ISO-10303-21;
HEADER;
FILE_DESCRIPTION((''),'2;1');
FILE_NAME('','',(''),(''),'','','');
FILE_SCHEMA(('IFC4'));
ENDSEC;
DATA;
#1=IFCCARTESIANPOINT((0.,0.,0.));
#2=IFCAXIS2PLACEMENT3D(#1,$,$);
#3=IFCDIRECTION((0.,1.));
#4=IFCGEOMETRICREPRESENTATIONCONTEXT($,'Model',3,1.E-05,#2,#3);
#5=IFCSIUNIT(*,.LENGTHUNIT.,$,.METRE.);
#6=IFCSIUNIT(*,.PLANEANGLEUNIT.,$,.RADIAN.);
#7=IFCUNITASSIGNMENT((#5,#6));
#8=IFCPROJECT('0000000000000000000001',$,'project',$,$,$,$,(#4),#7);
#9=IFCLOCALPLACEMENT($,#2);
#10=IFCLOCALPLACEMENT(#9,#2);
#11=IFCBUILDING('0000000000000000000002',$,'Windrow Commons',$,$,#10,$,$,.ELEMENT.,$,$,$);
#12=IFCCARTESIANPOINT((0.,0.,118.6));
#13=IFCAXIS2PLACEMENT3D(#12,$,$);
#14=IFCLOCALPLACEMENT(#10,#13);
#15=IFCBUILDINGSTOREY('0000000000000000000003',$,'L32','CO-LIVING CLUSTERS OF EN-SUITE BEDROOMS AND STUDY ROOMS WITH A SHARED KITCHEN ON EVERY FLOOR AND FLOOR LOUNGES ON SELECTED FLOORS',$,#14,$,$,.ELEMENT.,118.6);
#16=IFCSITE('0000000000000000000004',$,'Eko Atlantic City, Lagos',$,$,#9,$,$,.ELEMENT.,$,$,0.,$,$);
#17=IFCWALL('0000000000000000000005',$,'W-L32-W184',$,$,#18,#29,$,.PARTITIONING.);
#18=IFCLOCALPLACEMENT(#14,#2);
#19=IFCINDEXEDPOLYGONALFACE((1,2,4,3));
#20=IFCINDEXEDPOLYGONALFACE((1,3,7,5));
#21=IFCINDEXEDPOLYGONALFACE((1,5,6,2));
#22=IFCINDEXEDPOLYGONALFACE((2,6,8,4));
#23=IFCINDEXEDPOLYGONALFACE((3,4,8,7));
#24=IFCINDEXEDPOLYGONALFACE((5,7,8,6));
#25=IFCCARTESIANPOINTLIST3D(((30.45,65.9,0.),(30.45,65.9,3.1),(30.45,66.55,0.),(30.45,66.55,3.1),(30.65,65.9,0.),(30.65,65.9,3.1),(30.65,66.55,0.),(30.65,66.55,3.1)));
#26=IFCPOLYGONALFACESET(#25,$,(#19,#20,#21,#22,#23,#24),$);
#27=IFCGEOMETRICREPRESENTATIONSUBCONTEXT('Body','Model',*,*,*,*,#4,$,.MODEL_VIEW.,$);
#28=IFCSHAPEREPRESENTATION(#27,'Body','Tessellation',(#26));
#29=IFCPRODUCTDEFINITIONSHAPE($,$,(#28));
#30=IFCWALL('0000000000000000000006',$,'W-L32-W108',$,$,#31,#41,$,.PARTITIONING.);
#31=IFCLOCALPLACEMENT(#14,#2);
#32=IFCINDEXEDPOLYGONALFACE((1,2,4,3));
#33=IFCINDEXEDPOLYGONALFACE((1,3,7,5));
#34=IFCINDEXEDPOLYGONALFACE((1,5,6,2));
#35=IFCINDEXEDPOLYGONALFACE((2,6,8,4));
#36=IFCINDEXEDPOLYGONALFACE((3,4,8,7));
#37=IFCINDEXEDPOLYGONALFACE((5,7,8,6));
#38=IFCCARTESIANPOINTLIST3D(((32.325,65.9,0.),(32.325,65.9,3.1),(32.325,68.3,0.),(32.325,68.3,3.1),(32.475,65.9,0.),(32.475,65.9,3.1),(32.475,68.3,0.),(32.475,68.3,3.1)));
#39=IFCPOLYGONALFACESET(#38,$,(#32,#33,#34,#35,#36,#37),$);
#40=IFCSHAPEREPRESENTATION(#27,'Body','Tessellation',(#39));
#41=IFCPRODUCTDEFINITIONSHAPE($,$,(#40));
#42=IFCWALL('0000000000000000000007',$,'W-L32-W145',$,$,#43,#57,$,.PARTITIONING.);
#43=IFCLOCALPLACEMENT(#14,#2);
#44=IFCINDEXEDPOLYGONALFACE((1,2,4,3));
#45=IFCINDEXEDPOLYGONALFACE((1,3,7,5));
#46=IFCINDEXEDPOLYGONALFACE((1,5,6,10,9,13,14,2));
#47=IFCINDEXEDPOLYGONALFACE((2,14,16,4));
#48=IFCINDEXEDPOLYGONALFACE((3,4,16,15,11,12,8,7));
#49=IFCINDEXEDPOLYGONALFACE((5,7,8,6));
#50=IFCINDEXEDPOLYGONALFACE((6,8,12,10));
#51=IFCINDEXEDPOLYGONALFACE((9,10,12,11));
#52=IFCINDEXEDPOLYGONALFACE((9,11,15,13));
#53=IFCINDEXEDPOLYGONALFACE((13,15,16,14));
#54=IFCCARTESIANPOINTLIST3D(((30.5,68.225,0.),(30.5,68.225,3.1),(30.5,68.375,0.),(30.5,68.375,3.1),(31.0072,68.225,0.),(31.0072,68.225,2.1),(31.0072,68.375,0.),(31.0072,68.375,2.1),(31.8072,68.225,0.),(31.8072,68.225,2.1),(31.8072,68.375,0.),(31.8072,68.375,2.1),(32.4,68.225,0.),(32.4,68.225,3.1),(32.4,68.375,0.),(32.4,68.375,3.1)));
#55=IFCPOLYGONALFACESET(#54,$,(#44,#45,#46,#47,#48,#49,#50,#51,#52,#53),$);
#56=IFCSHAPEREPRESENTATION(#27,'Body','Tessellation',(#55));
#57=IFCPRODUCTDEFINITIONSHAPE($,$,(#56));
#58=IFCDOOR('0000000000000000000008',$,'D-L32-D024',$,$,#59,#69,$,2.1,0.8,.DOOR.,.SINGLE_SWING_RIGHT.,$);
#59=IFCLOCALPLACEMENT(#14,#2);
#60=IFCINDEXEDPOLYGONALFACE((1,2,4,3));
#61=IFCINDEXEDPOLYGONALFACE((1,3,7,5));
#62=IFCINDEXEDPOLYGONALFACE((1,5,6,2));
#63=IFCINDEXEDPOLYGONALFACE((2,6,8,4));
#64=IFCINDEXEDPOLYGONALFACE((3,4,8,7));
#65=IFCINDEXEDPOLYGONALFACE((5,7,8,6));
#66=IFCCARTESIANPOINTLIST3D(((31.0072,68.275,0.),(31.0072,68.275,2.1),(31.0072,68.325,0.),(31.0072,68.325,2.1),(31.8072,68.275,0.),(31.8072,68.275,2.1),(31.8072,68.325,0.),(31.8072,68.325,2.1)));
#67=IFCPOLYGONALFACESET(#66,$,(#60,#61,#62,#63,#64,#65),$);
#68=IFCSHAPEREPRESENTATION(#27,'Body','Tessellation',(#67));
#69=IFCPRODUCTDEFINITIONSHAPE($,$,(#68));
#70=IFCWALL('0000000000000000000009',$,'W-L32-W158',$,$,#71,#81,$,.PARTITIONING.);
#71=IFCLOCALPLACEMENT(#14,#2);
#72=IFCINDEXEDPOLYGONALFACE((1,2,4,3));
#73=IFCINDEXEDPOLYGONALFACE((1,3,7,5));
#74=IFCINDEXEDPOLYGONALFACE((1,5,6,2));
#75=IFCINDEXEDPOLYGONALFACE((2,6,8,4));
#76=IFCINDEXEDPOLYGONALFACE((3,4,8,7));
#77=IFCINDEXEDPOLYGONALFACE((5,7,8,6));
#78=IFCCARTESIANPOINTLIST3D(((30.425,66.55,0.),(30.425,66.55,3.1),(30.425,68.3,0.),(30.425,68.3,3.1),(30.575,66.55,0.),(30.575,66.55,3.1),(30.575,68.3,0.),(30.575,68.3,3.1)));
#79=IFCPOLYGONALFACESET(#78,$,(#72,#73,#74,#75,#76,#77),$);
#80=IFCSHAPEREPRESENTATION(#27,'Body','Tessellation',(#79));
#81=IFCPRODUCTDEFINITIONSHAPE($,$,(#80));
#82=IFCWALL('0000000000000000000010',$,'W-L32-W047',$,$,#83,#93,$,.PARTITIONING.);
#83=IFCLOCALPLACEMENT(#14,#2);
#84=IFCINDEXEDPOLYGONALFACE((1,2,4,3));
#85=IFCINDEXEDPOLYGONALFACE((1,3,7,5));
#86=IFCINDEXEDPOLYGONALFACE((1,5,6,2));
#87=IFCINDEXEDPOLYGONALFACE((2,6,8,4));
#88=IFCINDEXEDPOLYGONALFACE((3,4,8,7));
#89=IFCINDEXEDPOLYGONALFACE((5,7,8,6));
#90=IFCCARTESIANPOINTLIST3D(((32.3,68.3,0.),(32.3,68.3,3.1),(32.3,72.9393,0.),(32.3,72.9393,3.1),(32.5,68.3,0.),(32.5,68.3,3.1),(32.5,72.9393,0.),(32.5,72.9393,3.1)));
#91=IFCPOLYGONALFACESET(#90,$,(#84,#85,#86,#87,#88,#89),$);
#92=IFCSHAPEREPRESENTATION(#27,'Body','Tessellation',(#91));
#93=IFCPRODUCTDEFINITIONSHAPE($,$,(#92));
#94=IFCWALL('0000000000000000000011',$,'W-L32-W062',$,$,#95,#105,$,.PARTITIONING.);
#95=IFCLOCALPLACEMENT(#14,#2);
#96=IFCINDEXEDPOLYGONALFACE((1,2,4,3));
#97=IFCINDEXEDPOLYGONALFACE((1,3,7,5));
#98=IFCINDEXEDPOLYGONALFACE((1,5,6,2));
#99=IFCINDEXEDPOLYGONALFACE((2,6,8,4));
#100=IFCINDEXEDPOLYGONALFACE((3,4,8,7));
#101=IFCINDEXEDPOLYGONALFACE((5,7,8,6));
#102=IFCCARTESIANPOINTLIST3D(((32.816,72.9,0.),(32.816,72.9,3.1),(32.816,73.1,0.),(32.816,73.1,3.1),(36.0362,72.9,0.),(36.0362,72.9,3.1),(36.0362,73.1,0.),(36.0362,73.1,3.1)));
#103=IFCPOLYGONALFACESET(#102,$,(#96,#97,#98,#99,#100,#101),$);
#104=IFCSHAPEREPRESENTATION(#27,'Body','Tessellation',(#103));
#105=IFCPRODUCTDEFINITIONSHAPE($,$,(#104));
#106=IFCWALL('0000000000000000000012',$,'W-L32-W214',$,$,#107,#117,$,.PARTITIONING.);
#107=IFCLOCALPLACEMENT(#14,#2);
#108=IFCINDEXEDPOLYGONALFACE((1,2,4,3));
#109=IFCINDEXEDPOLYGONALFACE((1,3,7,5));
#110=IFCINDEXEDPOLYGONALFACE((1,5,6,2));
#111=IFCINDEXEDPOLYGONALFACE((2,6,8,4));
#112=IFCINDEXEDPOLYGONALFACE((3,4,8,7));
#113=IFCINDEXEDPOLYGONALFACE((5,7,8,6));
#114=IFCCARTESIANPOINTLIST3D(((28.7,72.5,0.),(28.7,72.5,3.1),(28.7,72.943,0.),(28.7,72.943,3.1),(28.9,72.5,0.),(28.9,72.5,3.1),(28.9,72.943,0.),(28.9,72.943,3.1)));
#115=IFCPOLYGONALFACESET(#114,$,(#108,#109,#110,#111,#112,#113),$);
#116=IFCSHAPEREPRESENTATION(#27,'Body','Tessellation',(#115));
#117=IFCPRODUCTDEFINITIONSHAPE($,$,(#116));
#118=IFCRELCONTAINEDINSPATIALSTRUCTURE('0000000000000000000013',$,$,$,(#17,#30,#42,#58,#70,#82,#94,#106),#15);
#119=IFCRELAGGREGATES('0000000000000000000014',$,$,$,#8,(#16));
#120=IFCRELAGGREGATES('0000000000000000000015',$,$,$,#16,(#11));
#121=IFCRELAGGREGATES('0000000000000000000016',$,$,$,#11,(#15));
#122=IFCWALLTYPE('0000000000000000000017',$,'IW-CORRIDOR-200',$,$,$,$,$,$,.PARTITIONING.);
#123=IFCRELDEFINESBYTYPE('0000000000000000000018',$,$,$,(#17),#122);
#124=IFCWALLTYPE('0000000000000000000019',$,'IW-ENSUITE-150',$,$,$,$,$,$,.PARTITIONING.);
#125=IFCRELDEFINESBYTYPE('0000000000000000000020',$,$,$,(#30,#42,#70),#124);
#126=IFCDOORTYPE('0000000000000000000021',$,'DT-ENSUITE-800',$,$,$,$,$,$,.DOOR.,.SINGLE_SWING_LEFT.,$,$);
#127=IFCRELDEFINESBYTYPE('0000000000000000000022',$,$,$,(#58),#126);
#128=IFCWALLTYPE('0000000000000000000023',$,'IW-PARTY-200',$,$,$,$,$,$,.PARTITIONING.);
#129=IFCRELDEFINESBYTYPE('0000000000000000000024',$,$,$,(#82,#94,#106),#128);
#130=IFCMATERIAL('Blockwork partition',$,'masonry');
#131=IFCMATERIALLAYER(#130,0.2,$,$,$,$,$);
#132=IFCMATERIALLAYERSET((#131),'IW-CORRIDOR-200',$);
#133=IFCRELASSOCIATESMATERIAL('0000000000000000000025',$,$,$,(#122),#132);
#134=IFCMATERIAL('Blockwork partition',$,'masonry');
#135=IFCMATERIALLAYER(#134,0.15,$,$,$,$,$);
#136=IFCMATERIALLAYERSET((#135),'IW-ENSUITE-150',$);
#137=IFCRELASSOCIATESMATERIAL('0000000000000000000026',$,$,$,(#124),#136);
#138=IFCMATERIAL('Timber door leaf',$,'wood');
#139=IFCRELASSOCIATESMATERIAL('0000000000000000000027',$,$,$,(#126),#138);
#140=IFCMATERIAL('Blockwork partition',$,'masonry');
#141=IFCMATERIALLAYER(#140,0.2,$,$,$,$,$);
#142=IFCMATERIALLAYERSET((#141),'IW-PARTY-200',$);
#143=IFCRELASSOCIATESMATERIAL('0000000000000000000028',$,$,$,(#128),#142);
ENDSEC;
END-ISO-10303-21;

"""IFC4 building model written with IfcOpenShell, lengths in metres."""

from ifc_helpers import new_model, si_unit, direction, frame, frame_2d, origin, place, context, subcontext, project, spatial, rectangle, extrude, material, layer, layer_set, type_object, element, fill, save


model = new_model("IFC4")

# Units and contexts
model_context = context("Model", 3, precision=1e-05, world=origin(), true_north=direction((0.0, 1.0)))
body_context = subcontext(model_context, "Body", "Model", "MODEL_VIEW")
ifc_project = project(units=[si_unit("LENGTHUNIT", "METRE"), si_unit("PLANEANGLEUNIT", "RADIAN")], contexts=[model_context])

# Site, building, storey
site_placement = place(None, origin())
site = spatial("IfcSite", under=ifc_project, at=site_placement, Name="Eko Atlantic City, Lagos", CompositionType="ELEMENT", RefElevation=0.0)
building_placement = place(site_placement, origin())
building = spatial("IfcBuilding", under=site, at=building_placement, Name="Windrow Commons", CompositionType="ELEMENT")
storey_placement = place(building_placement, frame((0.0, 0.0, 118.6)))
storey = spatial("IfcBuildingStorey", under=building, at=storey_placement, Name="L32", Description="CO-LIVING CLUSTERS OF EN-SUITE BEDROOMS AND STUDY ROOMS WITH A SHARED KITCHEN ON EVERY FLOOR AND FLOOR LOUNGES ON SELECTED FLOORS", CompositionType="ELEMENT", Elevation=118.6)

# Shared definitions
ifc_material_1 = material(Name="Blockwork partition", Category="masonry")
ifc_layer_1 = layer(ifc_material_1, 0.2)
ifc_layer_set_1 = layer_set([ifc_layer_1], Name="IW-CORRIDOR-200")
wall_type_1 = type_object("IfcWallType", Name="IW-CORRIDOR-200", PredefinedType="PARTITIONING", material=ifc_layer_set_1)

# Walls
wall_1_placement = place(storey_placement, frame((30.55, 65.9, 0.0), z_axis=(0.0, 0.0, 1.0), x_axis=(0.0, 1.0, 0.0)))
element("IfcWall", 1, at=wall_1_placement, inside=storey, type_object=wall_type_1, Name="W-L32-W184", PredefinedType="PARTITIONING", context=body_context, shape_type="SweptSolid", body=[
    extrude(rectangle(XDim=0.65, YDim=0.2, at=frame_2d((0.325, 0.0))), origin(), (0.0, 0.0, 1.0), 3.1),
])
ifc_material_2 = material(Name="Blockwork partition", Category="masonry")
ifc_layer_2 = layer(ifc_material_2, 0.15)
ifc_layer_set_2 = layer_set([ifc_layer_2], Name="IW-ENSUITE-150")
wall_type_2 = type_object("IfcWallType", Name="IW-ENSUITE-150", PredefinedType="PARTITIONING", material=ifc_layer_set_2)
wall_2_placement = place(storey_placement, frame((32.4, 65.9, 0.0), z_axis=(0.0, 0.0, 1.0), x_axis=(0.0, 1.0, 0.0)))
element("IfcWall", 2, at=wall_2_placement, inside=storey, type_object=wall_type_2, Name="W-L32-W108", PredefinedType="PARTITIONING", context=body_context, shape_type="SweptSolid", body=[
    extrude(rectangle(XDim=2.4, YDim=0.15, at=frame_2d((1.2, 0.0))), origin(), (0.0, 0.0, 1.0), 3.1),
])

# Wall, opening, door
wall_3_placement = place(storey_placement, frame((30.5, 68.3, 0.0), z_axis=(0.0, 0.0, 1.0), x_axis=(1.0, 0.0, 0.0)))
wall_3 = element("IfcWall", 3, at=wall_3_placement, inside=storey, type_object=wall_type_2, Name="W-L32-W145", PredefinedType="PARTITIONING", context=body_context, shape_type="SweptSolid", body=[
    extrude(rectangle(XDim=1.9, YDim=0.15, at=frame_2d((0.95, 0.0))), origin(), (0.0, 0.0, 1.0), 3.1),
])
opening_1_placement = place(wall_3_placement, frame((0.5072, 0.0, 0.0)))
opening_1 = element("IfcOpeningElement", 4, at=opening_1_placement, cuts=wall_3, PredefinedType="OPENING", context=body_context, shape_type="SweptSolid", body=[
    extrude(rectangle(XDim=0.8, YDim=2.1, at=frame_2d((0.4, 1.05))), frame((0.0, 0.085, 0.0), z_axis=(0.0, -1.0, 0.0), x_axis=(1.0, 0.0, 0.0)), (0.0, 0.0, 1.0), 0.17),
])
ifc_material_3 = material(Name="Timber door leaf", Category="wood")
door_type_1 = type_object("IfcDoorType", Name="DT-ENSUITE-800", OperationType="SINGLE_SWING_LEFT", PredefinedType="DOOR", material=ifc_material_3)
door_1_placement = place(opening_1_placement, origin())
door_1 = element("IfcDoor", 5, at=door_1_placement, inside=storey, type_object=door_type_1, Name="D-L32-D024", OperationType="SINGLE_SWING_RIGHT", OverallHeight=2.1, OverallWidth=0.8, PredefinedType="DOOR", context=body_context, shape_type="SweptSolid", body=[
    extrude(rectangle(XDim=0.8, YDim=2.1, at=frame_2d((0.4, 1.05))), frame((0.0, 0.025, 0.0), z_axis=(0.0, -1.0, 0.0), x_axis=(1.0, 0.0, 0.0)), (0.0, 0.0, 1.0), 0.05),
])
fill(opening_1, door_1)

# Walls
wall_4_placement = place(storey_placement, frame((30.5, 66.55, 0.0), z_axis=(0.0, 0.0, 1.0), x_axis=(0.0, 1.0, 0.0)))
element("IfcWall", 6, at=wall_4_placement, inside=storey, type_object=wall_type_2, Name="W-L32-W158", PredefinedType="PARTITIONING", context=body_context, shape_type="SweptSolid", body=[
    extrude(rectangle(XDim=1.75, YDim=0.15, at=frame_2d((0.875, 0.0))), origin(), (0.0, 0.0, 1.0), 3.1),
])
ifc_material_4 = material(Name="Blockwork partition", Category="masonry")
ifc_layer_3 = layer(ifc_material_4, 0.2)
ifc_layer_set_3 = layer_set([ifc_layer_3], Name="IW-PARTY-200")
wall_type_3 = type_object("IfcWallType", Name="IW-PARTY-200", PredefinedType="PARTITIONING", material=ifc_layer_set_3)
wall_5_placement = place(storey_placement, frame((32.4, 68.3, 0.0), z_axis=(0.0, 0.0, 1.0), x_axis=(0.0, 1.0, 0.0)))
element("IfcWall", 7, at=wall_5_placement, inside=storey, type_object=wall_type_3, Name="W-L32-W047", PredefinedType="PARTITIONING", context=body_context, shape_type="SweptSolid", body=[
    extrude(rectangle(XDim=4.6393, YDim=0.2, at=frame_2d((2.3197, 0.0))), origin(), (0.0, 0.0, 1.0), 3.1),
])
wall_6_placement = place(storey_placement, frame((32.816, 73.0, 0.0), z_axis=(0.0, 0.0, 1.0), x_axis=(1.0, 0.0, 0.0)))
element("IfcWall", 8, at=wall_6_placement, inside=storey, type_object=wall_type_3, Name="W-L32-W062", PredefinedType="PARTITIONING", context=body_context, shape_type="SweptSolid", body=[
    extrude(rectangle(XDim=3.2203, YDim=0.2, at=frame_2d((1.6101, 0.0))), origin(), (0.0, 0.0, 1.0), 3.1),
])
wall_7_placement = place(storey_placement, frame((28.8, 72.5, 0.0), z_axis=(0.0, 0.0, 1.0), x_axis=(0.0, 1.0, 0.0)))
element("IfcWall", 9, at=wall_7_placement, inside=storey, type_object=wall_type_3, Name="W-L32-W214", PredefinedType="PARTITIONING", context=body_context, shape_type="SweptSolid", body=[
    extrude(rectangle(XDim=0.443, YDim=0.2, at=frame_2d((0.2215, 0.0))), origin(), (0.0, 0.0, 1.0), 3.1),
])

save(model, "model.ifc")
